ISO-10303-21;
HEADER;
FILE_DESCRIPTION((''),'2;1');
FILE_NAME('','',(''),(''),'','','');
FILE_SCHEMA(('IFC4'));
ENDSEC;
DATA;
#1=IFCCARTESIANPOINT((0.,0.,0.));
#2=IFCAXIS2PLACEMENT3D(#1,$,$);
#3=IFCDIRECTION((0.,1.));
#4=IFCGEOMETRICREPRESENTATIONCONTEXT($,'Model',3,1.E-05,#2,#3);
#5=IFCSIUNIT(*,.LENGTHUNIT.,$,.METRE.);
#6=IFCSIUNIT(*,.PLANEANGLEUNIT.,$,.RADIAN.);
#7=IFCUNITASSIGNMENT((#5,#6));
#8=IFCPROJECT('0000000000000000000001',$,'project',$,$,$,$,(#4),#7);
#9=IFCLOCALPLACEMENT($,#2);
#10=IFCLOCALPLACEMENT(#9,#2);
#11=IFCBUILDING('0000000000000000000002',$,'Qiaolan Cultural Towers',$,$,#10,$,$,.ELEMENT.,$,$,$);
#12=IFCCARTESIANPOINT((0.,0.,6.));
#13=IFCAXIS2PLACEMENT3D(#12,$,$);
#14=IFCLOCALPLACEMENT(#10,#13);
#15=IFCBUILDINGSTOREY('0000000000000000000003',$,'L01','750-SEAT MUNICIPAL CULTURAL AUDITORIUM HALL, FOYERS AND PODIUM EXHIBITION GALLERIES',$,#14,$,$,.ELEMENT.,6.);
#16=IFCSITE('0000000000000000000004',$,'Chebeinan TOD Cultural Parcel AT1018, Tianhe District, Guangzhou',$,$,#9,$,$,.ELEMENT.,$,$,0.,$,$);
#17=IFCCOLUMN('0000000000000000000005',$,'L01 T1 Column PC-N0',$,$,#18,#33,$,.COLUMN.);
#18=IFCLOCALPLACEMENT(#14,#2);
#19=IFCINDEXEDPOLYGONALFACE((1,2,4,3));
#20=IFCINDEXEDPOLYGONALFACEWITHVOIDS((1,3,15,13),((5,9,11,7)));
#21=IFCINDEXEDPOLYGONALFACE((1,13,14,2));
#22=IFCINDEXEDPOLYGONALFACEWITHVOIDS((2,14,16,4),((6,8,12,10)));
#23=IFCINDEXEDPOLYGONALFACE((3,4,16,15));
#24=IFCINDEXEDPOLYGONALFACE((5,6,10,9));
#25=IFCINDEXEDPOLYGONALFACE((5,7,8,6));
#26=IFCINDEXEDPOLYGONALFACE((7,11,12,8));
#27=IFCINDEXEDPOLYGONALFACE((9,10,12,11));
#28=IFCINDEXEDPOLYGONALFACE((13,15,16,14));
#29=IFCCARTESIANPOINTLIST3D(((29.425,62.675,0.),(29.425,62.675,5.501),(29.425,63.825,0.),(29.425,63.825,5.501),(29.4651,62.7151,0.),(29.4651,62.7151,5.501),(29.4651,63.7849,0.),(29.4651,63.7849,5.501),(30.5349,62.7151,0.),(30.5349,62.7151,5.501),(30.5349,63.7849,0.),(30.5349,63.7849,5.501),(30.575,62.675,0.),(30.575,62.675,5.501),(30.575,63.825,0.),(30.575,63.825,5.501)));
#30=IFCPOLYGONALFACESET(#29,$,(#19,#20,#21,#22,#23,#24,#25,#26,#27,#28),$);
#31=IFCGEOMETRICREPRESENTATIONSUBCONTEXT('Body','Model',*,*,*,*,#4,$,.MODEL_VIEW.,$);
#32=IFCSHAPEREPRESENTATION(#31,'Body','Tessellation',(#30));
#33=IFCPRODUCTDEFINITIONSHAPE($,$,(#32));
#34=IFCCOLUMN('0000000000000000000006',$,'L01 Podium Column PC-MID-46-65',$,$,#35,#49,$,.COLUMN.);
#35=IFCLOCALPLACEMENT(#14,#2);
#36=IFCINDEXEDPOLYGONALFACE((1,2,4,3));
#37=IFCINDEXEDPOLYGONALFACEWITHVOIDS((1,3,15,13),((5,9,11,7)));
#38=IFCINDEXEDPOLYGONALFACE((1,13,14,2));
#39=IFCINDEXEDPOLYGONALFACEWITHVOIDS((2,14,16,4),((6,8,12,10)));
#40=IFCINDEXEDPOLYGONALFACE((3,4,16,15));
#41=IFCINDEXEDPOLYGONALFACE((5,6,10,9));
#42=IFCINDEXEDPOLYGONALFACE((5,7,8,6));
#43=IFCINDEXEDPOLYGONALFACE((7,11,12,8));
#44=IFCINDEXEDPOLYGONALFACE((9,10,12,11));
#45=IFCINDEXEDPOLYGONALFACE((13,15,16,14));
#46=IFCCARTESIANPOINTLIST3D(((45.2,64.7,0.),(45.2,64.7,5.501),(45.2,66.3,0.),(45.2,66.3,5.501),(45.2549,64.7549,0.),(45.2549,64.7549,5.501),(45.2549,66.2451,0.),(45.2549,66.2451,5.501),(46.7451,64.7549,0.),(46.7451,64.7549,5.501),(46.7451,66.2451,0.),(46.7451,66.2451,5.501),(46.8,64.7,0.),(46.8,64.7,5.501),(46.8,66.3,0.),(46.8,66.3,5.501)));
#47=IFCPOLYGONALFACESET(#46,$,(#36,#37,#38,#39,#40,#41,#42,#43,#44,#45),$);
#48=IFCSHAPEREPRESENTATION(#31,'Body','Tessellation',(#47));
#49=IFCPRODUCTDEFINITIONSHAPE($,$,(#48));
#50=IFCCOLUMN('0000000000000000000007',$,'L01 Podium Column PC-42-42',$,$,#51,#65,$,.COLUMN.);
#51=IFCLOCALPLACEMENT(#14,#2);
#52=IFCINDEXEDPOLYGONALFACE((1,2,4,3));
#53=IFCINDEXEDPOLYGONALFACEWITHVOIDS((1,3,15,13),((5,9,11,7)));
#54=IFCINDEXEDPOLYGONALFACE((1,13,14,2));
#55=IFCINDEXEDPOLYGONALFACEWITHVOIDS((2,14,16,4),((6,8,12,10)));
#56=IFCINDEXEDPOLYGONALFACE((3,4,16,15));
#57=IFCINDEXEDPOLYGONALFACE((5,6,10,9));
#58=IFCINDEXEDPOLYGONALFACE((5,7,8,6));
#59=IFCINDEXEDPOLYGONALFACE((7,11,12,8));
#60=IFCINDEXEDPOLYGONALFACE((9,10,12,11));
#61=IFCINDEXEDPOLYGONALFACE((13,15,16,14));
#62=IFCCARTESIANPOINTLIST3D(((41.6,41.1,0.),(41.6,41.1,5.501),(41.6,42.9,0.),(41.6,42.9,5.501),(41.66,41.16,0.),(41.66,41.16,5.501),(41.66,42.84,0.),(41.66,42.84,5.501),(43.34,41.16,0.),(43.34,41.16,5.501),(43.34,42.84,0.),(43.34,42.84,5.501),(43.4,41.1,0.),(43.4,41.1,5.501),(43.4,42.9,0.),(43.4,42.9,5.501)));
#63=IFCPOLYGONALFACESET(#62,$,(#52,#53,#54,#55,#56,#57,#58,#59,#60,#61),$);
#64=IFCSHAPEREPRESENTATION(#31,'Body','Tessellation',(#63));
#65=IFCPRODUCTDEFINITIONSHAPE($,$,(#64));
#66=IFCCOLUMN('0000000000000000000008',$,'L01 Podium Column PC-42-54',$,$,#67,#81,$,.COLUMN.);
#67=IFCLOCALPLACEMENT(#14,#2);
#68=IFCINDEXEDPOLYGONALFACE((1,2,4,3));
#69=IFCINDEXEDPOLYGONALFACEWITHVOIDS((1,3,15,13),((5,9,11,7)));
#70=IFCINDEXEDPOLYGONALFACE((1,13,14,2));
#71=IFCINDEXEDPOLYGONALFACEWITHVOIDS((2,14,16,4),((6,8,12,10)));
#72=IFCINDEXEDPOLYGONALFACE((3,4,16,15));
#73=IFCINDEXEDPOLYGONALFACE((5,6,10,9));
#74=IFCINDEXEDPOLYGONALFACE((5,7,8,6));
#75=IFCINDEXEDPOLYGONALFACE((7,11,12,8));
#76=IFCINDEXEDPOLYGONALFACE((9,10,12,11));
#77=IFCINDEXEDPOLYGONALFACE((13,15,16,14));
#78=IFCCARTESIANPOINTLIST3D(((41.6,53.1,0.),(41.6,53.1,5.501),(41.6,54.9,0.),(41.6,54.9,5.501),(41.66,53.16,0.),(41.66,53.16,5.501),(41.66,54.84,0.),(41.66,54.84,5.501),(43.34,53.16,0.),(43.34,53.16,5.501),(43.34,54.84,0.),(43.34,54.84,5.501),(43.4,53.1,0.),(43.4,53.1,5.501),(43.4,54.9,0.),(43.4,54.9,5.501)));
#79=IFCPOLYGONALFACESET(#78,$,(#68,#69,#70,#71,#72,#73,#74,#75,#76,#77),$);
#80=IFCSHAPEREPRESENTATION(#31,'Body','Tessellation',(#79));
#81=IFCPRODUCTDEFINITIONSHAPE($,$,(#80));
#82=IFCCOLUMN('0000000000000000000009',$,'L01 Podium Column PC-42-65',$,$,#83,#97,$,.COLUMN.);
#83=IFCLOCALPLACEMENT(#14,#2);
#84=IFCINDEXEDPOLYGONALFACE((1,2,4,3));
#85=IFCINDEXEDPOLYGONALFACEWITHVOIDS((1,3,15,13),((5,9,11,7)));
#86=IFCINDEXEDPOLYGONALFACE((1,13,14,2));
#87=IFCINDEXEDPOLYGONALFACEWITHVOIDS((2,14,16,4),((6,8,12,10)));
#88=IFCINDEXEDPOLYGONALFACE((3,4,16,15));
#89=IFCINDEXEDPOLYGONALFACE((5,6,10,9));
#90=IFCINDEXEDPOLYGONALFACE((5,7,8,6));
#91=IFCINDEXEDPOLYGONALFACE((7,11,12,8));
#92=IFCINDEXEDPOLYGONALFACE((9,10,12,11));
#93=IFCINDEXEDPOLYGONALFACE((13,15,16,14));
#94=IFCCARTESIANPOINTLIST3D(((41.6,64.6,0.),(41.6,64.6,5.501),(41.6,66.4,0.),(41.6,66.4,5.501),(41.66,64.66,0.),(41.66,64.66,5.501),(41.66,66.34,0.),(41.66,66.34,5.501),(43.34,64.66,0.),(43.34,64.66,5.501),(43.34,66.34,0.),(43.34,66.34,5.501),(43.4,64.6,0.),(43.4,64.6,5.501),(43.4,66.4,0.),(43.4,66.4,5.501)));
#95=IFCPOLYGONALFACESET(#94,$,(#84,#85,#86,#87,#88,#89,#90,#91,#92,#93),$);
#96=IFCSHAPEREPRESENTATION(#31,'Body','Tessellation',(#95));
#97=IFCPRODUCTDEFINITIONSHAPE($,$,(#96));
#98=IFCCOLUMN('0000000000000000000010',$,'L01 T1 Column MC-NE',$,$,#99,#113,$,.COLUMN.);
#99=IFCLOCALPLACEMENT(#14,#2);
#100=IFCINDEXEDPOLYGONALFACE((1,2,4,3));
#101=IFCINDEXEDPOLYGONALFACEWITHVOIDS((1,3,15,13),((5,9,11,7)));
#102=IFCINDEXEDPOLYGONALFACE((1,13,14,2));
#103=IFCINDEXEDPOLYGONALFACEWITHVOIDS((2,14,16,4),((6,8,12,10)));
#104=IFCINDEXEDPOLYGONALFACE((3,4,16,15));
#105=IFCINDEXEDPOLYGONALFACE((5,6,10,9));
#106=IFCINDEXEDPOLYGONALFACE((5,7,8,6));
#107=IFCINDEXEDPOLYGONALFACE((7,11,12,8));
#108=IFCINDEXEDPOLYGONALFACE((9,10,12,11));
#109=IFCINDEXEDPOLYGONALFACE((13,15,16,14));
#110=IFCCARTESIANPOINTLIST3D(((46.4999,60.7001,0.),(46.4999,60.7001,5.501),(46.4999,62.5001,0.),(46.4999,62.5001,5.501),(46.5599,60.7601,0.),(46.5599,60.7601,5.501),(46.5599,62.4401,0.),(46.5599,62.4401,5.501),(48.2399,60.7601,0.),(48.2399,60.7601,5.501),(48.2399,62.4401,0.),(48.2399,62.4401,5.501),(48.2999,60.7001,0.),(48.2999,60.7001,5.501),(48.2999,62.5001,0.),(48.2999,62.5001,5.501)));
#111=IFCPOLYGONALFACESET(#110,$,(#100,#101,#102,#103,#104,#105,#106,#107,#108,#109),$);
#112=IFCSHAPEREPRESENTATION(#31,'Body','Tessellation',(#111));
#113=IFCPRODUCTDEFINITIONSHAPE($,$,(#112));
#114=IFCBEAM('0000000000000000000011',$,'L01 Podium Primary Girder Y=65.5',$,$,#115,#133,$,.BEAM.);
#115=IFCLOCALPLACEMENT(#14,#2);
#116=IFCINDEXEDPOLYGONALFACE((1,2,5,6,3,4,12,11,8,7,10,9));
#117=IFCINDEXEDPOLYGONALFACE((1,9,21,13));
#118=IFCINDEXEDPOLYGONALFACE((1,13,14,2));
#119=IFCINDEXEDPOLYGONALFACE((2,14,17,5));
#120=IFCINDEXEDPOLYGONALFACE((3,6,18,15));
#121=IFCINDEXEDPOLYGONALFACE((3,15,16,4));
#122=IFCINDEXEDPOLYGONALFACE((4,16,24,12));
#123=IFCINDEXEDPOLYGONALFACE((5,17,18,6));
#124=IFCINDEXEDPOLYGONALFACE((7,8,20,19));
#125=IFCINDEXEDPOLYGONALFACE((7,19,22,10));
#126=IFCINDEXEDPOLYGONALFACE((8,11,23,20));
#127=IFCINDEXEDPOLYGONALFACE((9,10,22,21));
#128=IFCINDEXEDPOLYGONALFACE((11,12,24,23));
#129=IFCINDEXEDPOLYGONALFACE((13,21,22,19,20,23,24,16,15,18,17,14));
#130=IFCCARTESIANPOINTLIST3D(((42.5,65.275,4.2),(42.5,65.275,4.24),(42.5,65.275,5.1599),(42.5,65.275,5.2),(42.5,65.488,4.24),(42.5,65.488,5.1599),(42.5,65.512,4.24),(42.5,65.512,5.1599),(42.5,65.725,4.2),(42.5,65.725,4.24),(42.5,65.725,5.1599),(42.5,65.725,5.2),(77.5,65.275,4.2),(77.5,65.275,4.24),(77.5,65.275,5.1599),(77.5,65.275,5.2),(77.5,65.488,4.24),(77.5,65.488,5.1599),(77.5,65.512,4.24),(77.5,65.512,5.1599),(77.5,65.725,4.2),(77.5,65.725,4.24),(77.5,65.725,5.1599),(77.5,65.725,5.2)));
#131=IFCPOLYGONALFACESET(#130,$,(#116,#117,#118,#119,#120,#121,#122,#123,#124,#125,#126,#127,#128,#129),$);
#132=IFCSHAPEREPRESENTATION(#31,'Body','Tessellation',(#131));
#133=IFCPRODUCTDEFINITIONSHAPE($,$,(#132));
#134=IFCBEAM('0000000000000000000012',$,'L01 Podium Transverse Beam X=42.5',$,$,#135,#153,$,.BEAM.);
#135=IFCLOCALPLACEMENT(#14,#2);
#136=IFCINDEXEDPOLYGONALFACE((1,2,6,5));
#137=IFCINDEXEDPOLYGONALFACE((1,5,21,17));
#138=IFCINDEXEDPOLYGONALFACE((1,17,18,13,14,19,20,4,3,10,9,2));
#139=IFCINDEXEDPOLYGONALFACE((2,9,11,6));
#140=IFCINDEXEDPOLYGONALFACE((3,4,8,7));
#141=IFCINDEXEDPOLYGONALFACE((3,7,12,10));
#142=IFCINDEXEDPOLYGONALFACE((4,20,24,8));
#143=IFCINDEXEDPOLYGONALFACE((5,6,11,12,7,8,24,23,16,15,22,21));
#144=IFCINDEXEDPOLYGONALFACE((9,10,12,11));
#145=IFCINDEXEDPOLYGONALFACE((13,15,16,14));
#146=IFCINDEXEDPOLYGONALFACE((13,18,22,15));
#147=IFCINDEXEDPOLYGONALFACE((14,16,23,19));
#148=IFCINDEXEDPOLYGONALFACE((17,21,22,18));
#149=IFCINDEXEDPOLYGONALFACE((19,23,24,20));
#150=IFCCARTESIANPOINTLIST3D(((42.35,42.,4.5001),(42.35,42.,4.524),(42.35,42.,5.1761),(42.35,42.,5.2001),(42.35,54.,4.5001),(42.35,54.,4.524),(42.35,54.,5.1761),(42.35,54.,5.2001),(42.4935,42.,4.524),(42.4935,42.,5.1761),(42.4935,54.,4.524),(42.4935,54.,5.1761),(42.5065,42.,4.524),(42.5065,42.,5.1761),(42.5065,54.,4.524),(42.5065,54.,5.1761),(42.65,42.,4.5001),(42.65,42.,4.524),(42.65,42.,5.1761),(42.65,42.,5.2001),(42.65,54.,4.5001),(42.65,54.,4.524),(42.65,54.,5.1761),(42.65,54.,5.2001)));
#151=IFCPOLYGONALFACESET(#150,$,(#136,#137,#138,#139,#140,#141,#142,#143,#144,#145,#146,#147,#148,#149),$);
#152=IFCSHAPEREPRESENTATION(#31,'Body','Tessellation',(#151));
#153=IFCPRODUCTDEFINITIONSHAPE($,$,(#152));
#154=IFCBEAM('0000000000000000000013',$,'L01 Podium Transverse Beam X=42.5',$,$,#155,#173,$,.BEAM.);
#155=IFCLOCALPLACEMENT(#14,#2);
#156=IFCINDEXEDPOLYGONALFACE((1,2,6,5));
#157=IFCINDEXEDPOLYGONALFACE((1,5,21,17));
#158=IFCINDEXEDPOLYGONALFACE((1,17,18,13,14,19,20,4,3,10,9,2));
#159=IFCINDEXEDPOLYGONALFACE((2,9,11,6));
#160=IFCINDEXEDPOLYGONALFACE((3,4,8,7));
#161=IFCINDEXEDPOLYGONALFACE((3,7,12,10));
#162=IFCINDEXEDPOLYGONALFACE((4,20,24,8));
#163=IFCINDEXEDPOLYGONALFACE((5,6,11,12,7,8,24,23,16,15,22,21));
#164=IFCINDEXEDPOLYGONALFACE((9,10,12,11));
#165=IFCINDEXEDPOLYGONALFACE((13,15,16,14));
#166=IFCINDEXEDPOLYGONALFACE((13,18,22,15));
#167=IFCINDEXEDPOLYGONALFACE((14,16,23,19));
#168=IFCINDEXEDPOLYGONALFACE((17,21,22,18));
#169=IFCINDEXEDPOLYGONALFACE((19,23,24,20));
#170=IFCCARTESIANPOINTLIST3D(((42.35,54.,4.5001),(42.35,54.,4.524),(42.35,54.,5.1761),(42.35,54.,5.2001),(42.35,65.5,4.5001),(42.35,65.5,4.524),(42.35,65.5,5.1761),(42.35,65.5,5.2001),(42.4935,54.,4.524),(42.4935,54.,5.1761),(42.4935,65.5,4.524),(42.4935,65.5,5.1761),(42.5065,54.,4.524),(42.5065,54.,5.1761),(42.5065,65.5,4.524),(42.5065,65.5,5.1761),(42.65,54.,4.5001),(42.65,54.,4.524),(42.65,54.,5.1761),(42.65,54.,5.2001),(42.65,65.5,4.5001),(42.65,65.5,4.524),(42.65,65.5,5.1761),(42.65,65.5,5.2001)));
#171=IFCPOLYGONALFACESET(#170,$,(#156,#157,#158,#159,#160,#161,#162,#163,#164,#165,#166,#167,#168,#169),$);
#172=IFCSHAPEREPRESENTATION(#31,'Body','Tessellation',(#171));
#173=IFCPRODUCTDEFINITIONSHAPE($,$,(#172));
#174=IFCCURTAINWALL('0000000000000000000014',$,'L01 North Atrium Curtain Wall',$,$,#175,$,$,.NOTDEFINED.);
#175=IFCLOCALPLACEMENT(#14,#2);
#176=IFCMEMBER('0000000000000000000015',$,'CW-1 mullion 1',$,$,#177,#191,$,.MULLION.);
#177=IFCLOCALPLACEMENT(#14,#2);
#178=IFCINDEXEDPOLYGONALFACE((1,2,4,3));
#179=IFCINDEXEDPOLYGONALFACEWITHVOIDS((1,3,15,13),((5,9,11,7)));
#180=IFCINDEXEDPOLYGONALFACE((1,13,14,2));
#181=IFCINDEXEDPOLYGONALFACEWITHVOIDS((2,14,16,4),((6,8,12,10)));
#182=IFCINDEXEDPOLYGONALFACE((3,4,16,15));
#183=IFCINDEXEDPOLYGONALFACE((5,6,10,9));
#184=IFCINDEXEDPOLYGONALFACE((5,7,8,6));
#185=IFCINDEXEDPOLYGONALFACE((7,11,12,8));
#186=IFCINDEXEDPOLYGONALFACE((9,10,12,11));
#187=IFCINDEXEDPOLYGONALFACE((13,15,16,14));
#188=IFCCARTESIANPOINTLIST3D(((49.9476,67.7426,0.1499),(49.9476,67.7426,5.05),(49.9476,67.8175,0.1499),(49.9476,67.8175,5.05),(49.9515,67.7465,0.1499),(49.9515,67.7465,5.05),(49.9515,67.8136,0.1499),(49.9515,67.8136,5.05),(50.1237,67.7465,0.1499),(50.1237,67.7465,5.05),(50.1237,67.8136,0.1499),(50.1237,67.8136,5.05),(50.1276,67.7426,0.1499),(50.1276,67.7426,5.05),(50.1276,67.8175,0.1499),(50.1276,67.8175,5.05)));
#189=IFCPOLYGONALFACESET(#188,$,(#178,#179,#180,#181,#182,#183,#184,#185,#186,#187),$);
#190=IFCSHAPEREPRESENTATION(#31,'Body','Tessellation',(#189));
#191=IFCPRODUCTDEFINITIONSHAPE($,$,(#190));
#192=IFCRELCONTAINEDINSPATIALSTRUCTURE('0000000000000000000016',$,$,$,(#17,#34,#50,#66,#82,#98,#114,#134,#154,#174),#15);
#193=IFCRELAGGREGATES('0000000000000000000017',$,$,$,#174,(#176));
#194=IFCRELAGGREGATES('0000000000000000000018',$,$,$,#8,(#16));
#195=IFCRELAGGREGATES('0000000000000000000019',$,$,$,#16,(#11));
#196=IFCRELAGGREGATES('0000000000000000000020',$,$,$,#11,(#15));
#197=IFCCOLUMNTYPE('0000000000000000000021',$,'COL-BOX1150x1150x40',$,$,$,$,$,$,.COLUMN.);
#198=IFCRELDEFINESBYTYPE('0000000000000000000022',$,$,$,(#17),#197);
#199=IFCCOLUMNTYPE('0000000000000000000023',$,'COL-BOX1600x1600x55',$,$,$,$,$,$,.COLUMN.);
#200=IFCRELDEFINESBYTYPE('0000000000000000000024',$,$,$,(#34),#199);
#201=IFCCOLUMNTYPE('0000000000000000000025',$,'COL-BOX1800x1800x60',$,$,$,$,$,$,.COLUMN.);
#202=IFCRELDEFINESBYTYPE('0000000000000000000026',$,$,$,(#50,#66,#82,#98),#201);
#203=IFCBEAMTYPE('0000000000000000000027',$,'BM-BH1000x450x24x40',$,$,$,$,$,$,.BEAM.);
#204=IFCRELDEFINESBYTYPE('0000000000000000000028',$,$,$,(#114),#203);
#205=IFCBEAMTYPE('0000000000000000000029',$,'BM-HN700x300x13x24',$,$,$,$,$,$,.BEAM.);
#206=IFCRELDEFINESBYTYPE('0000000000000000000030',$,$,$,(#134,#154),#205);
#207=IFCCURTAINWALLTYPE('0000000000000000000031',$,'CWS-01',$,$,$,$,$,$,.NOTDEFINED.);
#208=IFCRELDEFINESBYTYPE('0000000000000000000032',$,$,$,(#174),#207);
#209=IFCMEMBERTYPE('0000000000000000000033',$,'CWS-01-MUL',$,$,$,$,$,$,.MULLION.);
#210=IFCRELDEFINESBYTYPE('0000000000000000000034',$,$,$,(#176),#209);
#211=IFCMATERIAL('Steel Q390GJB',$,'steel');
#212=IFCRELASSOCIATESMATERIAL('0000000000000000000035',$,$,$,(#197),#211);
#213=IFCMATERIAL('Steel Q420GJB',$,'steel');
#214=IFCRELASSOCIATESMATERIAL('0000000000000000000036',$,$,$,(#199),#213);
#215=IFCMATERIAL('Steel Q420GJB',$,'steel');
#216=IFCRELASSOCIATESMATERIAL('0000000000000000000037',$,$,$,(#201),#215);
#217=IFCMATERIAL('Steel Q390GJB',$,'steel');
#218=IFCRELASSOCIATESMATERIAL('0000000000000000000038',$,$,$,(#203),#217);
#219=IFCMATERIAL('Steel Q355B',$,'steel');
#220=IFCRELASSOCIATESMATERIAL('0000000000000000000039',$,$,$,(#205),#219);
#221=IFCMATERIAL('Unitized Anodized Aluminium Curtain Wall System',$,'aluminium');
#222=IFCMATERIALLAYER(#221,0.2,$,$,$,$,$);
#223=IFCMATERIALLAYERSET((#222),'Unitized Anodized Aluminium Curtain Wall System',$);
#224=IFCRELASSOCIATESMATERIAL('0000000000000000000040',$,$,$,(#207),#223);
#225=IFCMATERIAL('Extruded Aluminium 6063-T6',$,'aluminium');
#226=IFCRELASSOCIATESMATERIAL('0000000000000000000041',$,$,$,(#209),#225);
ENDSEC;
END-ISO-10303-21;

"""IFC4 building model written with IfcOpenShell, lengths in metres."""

from ifc_helpers import new_model, si_unit, direction, frame, origin, origin_2d, place, context, subcontext, project, spatial, hollow_rectangle, i_section, extrude, material, layer, layer_set, material_profile, profile_set, type_object, element, aggregate, save


model = new_model("IFC4")

# Units and contexts
model_context = context("Model", 3, precision=1e-05, world=origin(), true_north=direction((0.0, 1.0)))
body_context = subcontext(model_context, "Body", "Model", "MODEL_VIEW")
ifc_project = project(units=[si_unit("LENGTHUNIT", "METRE"), si_unit("PLANEANGLEUNIT", "RADIAN")], contexts=[model_context])

# Site, building, storey
site_placement = place(None, origin())
site = spatial("IfcSite", under=ifc_project, at=site_placement, Name="Chebeinan TOD Cultural Parcel AT1018, Tianhe District, Guangzhou", CompositionType="ELEMENT", RefElevation=0.0)
building_placement = place(site_placement, origin())
building = spatial("IfcBuilding", under=site, at=building_placement, Name="Qiaolan Cultural Towers", CompositionType="ELEMENT")
storey_placement = place(building_placement, frame((0.0, 0.0, 6.0)))
storey = spatial("IfcBuildingStorey", under=building, at=storey_placement, Name="L01", Description="750-SEAT MUNICIPAL CULTURAL AUDITORIUM HALL, FOYERS AND PODIUM EXHIBITION GALLERIES", CompositionType="ELEMENT", Elevation=6.0)

# Columns
ifc_material_1 = material(Name="Steel Q390GJB", Category="steel")
ifc_material_profile_1 = material_profile(ifc_material_1, hollow_rectangle(XDim=1.1499, YDim=1.1499, WallThickness=0.04, at=origin_2d()), Name="BOX1150x1150x40")
ifc_profile_set_1 = profile_set([ifc_material_profile_1], Name="Steel Q390GJB")
column_type_1 = type_object("IfcColumnType", Name="COL-BOX1150x1150x40", PredefinedType="COLUMN", material=ifc_profile_set_1)
column_1_placement = place(storey_placement, frame((30.0, 63.25, 0.0), z_axis=(0.0, 0.0, 1.0), x_axis=(1.0, 0.0, 0.0)))
element("IfcColumn", 1, at=column_1_placement, inside=storey, type_object=column_type_1, Name="L01 T1 Column PC-N0", PredefinedType="COLUMN", context=body_context, shape_type="SweptSolid", body=[
    extrude(hollow_rectangle(XDim=1.1499, YDim=1.1499, WallThickness=0.04, at=origin_2d()), origin(), (0.0, 0.0, 1.0), 5.501),
])
ifc_material_2 = material(Name="Steel Q420GJB", Category="steel")
ifc_material_profile_2 = material_profile(ifc_material_2, hollow_rectangle(XDim=1.6001, YDim=1.6001, WallThickness=0.0549, at=origin_2d()), Name="BOX1600x1600x55")
ifc_profile_set_2 = profile_set([ifc_material_profile_2], Name="Steel Q420GJB")
column_type_2 = type_object("IfcColumnType", Name="COL-BOX1600x1600x55", PredefinedType="COLUMN", material=ifc_profile_set_2)
column_2_placement = place(storey_placement, frame((46.0, 65.5, 0.0), z_axis=(0.0, 0.0, 1.0), x_axis=(1.0, 0.0, 0.0)))
element("IfcColumn", 2, at=column_2_placement, inside=storey, type_object=column_type_2, Name="L01 Podium Column PC-MID-46-65", PredefinedType="COLUMN", context=body_context, shape_type="SweptSolid", body=[
    extrude(hollow_rectangle(XDim=1.6001, YDim=1.6001, WallThickness=0.0549, at=origin_2d()), origin(), (0.0, 0.0, 1.0), 5.501),
])
ifc_material_3 = material(Name="Steel Q420GJB", Category="steel")
ifc_material_profile_3 = material_profile(ifc_material_3, hollow_rectangle(XDim=1.8, YDim=1.8, WallThickness=0.0601, at=origin_2d()), Name="BOX1800x1800x60")
ifc_profile_set_3 = profile_set([ifc_material_profile_3], Name="Steel Q420GJB")
column_type_3 = type_object("IfcColumnType", Name="COL-BOX1800x1800x60", PredefinedType="COLUMN", material=ifc_profile_set_3)
for number, where, z_axis, x_axis, name in (
    (3, (42.5, 42.0, 0.0), (0.0, 0.0, 1.0), (1.0, 0.0, 0.0), "L01 Podium Column PC-42-42"),
    (4, (42.5, 54.0, 0.0), (0.0, 0.0, 1.0), (1.0, 0.0, 0.0), "L01 Podium Column PC-42-54"),
    (5, (42.5, 65.5, 0.0), (0.0, 0.0, 1.0), (1.0, 0.0, 0.0), "L01 Podium Column PC-42-65"),
    (6, (47.3999, 61.6001, 0.0), (0.0, 0.0, 1.0), (1.0, 0.0, 0.0), "L01 T1 Column MC-NE"),
):
    element("IfcColumn", number, at=place(storey_placement, frame(where, z_axis=z_axis, x_axis=x_axis)), inside=storey, type_object=column_type_3, Name=name, PredefinedType="COLUMN", context=body_context, shape_type="SweptSolid", body=[
        extrude(hollow_rectangle(XDim=1.8, YDim=1.8, WallThickness=0.0601, at=origin_2d()), origin(), (0.0, 0.0, 1.0), 5.501),
    ])

# Beams
ifc_material_4 = material(Name="Steel Q390GJB", Category="steel")
ifc_material_profile_4 = material_profile(ifc_material_4, i_section(OverallWidth=0.45, OverallDepth=1.0, WebThickness=0.0239, FlangeThickness=0.04, at=origin_2d()), Name="BH1000x450x24x40")
ifc_profile_set_4 = profile_set([ifc_material_profile_4], Name="Steel Q390GJB")
beam_type_1 = type_object("IfcBeamType", Name="BM-BH1000x450x24x40", PredefinedType="BEAM", material=ifc_profile_set_4)
beam_1_placement = place(storey_placement, frame((42.5, 65.5, 4.7), z_axis=(1.0, 0.0, 0.0), x_axis=(0.0, 1.0, 0.0)))
element("IfcBeam", 7, at=beam_1_placement, inside=storey, type_object=beam_type_1, Name="L01 Podium Primary Girder Y=65.5", PredefinedType="BEAM", context=body_context, shape_type="SweptSolid", body=[
    extrude(i_section(OverallWidth=0.45, OverallDepth=1.0, WebThickness=0.0239, FlangeThickness=0.04, at=origin_2d()), origin(), (0.0, 0.0, 1.0), 35.0),
])
ifc_material_5 = material(Name="Steel Q355B", Category="steel")
ifc_material_profile_5 = material_profile(ifc_material_5, i_section(OverallWidth=0.3, OverallDepth=0.7, WebThickness=0.0129, FlangeThickness=0.0239, at=origin_2d()), Name="HN700x300x13x24")
ifc_profile_set_5 = profile_set([ifc_material_profile_5], Name="Steel Q355B")
beam_type_2 = type_object("IfcBeamType", Name="BM-HN700x300x13x24", PredefinedType="BEAM", material=ifc_profile_set_5)
beam_2_placement = place(storey_placement, frame((42.5, 42.0, 4.8501), z_axis=(0.0, 1.0, 0.0), x_axis=(-1.0, 0.0, 0.0)))
element("IfcBeam", 8, at=beam_2_placement, inside=storey, type_object=beam_type_2, Name="L01 Podium Transverse Beam X=42.5", PredefinedType="BEAM", context=body_context, shape_type="SweptSolid", body=[
    extrude(i_section(OverallWidth=0.3, OverallDepth=0.7, WebThickness=0.0129, FlangeThickness=0.0239, at=origin_2d()), origin(), (0.0, 0.0, 1.0), 12.0),
])
beam_3_placement = place(storey_placement, frame((42.5, 54.0, 4.8501), z_axis=(0.0, 1.0, 0.0), x_axis=(-1.0, 0.0, 0.0)))
element("IfcBeam", 9, at=beam_3_placement, inside=storey, type_object=beam_type_2, Name="L01 Podium Transverse Beam X=42.5", PredefinedType="BEAM", context=body_context, shape_type="SweptSolid", body=[
    extrude(i_section(OverallWidth=0.3, OverallDepth=0.7, WebThickness=0.0129, FlangeThickness=0.0239, at=origin_2d()), origin(), (0.0, 0.0, 1.0), 11.5),
])

# Curtain wall, member
ifc_material_6 = material(Name="Unitized Anodized Aluminium Curtain Wall System", Category="aluminium")
ifc_layer_1 = layer(ifc_material_6, 0.2)
ifc_layer_set_1 = layer_set([ifc_layer_1], Name="Unitized Anodized Aluminium Curtain Wall System")
curtain_wall_type = type_object("IfcCurtainWallType", Name="CWS-01", PredefinedType="NOTDEFINED", material=ifc_layer_set_1)
curtain_wall_placement = place(storey_placement, origin())
curtain_wall = element("IfcCurtainWall", 10, at=curtain_wall_placement, inside=storey, type_object=curtain_wall_type, Name="L01 North Atrium Curtain Wall", PredefinedType="NOTDEFINED")
ifc_material_7 = material(Name="Extruded Aluminium 6063-T6", Category="aluminium")
ifc_material_profile_6 = material_profile(ifc_material_7, hollow_rectangle(XDim=0.075, YDim=0.1799, WallThickness=0.0039, at=origin_2d()), Name="CWM-180x75x4")
ifc_profile_set_6 = profile_set([ifc_material_profile_6], Name="Extruded Aluminium 6063-T6")
member_type_1 = type_object("IfcMemberType", Name="CWS-01-MUL", PredefinedType="MULLION", material=ifc_profile_set_6)
member_1_placement = place(storey_placement, frame((50.0376, 67.78, 0.1499), z_axis=(0.0, 0.0, 1.0), x_axis=(0.0, 1.0, 0.0)))
member_1 = element("IfcMember", 11, at=member_1_placement, type_object=member_type_1, Name="CW-1 mullion 1", PredefinedType="MULLION", context=body_context, shape_type="SweptSolid", body=[
    extrude(hollow_rectangle(XDim=0.075, YDim=0.1799, WallThickness=0.0039, at=origin_2d()), origin(), (0.0, 0.0, 1.0), 4.9001),
])
aggregate(curtain_wall, [member_1])

save(model, "model.ifc")
